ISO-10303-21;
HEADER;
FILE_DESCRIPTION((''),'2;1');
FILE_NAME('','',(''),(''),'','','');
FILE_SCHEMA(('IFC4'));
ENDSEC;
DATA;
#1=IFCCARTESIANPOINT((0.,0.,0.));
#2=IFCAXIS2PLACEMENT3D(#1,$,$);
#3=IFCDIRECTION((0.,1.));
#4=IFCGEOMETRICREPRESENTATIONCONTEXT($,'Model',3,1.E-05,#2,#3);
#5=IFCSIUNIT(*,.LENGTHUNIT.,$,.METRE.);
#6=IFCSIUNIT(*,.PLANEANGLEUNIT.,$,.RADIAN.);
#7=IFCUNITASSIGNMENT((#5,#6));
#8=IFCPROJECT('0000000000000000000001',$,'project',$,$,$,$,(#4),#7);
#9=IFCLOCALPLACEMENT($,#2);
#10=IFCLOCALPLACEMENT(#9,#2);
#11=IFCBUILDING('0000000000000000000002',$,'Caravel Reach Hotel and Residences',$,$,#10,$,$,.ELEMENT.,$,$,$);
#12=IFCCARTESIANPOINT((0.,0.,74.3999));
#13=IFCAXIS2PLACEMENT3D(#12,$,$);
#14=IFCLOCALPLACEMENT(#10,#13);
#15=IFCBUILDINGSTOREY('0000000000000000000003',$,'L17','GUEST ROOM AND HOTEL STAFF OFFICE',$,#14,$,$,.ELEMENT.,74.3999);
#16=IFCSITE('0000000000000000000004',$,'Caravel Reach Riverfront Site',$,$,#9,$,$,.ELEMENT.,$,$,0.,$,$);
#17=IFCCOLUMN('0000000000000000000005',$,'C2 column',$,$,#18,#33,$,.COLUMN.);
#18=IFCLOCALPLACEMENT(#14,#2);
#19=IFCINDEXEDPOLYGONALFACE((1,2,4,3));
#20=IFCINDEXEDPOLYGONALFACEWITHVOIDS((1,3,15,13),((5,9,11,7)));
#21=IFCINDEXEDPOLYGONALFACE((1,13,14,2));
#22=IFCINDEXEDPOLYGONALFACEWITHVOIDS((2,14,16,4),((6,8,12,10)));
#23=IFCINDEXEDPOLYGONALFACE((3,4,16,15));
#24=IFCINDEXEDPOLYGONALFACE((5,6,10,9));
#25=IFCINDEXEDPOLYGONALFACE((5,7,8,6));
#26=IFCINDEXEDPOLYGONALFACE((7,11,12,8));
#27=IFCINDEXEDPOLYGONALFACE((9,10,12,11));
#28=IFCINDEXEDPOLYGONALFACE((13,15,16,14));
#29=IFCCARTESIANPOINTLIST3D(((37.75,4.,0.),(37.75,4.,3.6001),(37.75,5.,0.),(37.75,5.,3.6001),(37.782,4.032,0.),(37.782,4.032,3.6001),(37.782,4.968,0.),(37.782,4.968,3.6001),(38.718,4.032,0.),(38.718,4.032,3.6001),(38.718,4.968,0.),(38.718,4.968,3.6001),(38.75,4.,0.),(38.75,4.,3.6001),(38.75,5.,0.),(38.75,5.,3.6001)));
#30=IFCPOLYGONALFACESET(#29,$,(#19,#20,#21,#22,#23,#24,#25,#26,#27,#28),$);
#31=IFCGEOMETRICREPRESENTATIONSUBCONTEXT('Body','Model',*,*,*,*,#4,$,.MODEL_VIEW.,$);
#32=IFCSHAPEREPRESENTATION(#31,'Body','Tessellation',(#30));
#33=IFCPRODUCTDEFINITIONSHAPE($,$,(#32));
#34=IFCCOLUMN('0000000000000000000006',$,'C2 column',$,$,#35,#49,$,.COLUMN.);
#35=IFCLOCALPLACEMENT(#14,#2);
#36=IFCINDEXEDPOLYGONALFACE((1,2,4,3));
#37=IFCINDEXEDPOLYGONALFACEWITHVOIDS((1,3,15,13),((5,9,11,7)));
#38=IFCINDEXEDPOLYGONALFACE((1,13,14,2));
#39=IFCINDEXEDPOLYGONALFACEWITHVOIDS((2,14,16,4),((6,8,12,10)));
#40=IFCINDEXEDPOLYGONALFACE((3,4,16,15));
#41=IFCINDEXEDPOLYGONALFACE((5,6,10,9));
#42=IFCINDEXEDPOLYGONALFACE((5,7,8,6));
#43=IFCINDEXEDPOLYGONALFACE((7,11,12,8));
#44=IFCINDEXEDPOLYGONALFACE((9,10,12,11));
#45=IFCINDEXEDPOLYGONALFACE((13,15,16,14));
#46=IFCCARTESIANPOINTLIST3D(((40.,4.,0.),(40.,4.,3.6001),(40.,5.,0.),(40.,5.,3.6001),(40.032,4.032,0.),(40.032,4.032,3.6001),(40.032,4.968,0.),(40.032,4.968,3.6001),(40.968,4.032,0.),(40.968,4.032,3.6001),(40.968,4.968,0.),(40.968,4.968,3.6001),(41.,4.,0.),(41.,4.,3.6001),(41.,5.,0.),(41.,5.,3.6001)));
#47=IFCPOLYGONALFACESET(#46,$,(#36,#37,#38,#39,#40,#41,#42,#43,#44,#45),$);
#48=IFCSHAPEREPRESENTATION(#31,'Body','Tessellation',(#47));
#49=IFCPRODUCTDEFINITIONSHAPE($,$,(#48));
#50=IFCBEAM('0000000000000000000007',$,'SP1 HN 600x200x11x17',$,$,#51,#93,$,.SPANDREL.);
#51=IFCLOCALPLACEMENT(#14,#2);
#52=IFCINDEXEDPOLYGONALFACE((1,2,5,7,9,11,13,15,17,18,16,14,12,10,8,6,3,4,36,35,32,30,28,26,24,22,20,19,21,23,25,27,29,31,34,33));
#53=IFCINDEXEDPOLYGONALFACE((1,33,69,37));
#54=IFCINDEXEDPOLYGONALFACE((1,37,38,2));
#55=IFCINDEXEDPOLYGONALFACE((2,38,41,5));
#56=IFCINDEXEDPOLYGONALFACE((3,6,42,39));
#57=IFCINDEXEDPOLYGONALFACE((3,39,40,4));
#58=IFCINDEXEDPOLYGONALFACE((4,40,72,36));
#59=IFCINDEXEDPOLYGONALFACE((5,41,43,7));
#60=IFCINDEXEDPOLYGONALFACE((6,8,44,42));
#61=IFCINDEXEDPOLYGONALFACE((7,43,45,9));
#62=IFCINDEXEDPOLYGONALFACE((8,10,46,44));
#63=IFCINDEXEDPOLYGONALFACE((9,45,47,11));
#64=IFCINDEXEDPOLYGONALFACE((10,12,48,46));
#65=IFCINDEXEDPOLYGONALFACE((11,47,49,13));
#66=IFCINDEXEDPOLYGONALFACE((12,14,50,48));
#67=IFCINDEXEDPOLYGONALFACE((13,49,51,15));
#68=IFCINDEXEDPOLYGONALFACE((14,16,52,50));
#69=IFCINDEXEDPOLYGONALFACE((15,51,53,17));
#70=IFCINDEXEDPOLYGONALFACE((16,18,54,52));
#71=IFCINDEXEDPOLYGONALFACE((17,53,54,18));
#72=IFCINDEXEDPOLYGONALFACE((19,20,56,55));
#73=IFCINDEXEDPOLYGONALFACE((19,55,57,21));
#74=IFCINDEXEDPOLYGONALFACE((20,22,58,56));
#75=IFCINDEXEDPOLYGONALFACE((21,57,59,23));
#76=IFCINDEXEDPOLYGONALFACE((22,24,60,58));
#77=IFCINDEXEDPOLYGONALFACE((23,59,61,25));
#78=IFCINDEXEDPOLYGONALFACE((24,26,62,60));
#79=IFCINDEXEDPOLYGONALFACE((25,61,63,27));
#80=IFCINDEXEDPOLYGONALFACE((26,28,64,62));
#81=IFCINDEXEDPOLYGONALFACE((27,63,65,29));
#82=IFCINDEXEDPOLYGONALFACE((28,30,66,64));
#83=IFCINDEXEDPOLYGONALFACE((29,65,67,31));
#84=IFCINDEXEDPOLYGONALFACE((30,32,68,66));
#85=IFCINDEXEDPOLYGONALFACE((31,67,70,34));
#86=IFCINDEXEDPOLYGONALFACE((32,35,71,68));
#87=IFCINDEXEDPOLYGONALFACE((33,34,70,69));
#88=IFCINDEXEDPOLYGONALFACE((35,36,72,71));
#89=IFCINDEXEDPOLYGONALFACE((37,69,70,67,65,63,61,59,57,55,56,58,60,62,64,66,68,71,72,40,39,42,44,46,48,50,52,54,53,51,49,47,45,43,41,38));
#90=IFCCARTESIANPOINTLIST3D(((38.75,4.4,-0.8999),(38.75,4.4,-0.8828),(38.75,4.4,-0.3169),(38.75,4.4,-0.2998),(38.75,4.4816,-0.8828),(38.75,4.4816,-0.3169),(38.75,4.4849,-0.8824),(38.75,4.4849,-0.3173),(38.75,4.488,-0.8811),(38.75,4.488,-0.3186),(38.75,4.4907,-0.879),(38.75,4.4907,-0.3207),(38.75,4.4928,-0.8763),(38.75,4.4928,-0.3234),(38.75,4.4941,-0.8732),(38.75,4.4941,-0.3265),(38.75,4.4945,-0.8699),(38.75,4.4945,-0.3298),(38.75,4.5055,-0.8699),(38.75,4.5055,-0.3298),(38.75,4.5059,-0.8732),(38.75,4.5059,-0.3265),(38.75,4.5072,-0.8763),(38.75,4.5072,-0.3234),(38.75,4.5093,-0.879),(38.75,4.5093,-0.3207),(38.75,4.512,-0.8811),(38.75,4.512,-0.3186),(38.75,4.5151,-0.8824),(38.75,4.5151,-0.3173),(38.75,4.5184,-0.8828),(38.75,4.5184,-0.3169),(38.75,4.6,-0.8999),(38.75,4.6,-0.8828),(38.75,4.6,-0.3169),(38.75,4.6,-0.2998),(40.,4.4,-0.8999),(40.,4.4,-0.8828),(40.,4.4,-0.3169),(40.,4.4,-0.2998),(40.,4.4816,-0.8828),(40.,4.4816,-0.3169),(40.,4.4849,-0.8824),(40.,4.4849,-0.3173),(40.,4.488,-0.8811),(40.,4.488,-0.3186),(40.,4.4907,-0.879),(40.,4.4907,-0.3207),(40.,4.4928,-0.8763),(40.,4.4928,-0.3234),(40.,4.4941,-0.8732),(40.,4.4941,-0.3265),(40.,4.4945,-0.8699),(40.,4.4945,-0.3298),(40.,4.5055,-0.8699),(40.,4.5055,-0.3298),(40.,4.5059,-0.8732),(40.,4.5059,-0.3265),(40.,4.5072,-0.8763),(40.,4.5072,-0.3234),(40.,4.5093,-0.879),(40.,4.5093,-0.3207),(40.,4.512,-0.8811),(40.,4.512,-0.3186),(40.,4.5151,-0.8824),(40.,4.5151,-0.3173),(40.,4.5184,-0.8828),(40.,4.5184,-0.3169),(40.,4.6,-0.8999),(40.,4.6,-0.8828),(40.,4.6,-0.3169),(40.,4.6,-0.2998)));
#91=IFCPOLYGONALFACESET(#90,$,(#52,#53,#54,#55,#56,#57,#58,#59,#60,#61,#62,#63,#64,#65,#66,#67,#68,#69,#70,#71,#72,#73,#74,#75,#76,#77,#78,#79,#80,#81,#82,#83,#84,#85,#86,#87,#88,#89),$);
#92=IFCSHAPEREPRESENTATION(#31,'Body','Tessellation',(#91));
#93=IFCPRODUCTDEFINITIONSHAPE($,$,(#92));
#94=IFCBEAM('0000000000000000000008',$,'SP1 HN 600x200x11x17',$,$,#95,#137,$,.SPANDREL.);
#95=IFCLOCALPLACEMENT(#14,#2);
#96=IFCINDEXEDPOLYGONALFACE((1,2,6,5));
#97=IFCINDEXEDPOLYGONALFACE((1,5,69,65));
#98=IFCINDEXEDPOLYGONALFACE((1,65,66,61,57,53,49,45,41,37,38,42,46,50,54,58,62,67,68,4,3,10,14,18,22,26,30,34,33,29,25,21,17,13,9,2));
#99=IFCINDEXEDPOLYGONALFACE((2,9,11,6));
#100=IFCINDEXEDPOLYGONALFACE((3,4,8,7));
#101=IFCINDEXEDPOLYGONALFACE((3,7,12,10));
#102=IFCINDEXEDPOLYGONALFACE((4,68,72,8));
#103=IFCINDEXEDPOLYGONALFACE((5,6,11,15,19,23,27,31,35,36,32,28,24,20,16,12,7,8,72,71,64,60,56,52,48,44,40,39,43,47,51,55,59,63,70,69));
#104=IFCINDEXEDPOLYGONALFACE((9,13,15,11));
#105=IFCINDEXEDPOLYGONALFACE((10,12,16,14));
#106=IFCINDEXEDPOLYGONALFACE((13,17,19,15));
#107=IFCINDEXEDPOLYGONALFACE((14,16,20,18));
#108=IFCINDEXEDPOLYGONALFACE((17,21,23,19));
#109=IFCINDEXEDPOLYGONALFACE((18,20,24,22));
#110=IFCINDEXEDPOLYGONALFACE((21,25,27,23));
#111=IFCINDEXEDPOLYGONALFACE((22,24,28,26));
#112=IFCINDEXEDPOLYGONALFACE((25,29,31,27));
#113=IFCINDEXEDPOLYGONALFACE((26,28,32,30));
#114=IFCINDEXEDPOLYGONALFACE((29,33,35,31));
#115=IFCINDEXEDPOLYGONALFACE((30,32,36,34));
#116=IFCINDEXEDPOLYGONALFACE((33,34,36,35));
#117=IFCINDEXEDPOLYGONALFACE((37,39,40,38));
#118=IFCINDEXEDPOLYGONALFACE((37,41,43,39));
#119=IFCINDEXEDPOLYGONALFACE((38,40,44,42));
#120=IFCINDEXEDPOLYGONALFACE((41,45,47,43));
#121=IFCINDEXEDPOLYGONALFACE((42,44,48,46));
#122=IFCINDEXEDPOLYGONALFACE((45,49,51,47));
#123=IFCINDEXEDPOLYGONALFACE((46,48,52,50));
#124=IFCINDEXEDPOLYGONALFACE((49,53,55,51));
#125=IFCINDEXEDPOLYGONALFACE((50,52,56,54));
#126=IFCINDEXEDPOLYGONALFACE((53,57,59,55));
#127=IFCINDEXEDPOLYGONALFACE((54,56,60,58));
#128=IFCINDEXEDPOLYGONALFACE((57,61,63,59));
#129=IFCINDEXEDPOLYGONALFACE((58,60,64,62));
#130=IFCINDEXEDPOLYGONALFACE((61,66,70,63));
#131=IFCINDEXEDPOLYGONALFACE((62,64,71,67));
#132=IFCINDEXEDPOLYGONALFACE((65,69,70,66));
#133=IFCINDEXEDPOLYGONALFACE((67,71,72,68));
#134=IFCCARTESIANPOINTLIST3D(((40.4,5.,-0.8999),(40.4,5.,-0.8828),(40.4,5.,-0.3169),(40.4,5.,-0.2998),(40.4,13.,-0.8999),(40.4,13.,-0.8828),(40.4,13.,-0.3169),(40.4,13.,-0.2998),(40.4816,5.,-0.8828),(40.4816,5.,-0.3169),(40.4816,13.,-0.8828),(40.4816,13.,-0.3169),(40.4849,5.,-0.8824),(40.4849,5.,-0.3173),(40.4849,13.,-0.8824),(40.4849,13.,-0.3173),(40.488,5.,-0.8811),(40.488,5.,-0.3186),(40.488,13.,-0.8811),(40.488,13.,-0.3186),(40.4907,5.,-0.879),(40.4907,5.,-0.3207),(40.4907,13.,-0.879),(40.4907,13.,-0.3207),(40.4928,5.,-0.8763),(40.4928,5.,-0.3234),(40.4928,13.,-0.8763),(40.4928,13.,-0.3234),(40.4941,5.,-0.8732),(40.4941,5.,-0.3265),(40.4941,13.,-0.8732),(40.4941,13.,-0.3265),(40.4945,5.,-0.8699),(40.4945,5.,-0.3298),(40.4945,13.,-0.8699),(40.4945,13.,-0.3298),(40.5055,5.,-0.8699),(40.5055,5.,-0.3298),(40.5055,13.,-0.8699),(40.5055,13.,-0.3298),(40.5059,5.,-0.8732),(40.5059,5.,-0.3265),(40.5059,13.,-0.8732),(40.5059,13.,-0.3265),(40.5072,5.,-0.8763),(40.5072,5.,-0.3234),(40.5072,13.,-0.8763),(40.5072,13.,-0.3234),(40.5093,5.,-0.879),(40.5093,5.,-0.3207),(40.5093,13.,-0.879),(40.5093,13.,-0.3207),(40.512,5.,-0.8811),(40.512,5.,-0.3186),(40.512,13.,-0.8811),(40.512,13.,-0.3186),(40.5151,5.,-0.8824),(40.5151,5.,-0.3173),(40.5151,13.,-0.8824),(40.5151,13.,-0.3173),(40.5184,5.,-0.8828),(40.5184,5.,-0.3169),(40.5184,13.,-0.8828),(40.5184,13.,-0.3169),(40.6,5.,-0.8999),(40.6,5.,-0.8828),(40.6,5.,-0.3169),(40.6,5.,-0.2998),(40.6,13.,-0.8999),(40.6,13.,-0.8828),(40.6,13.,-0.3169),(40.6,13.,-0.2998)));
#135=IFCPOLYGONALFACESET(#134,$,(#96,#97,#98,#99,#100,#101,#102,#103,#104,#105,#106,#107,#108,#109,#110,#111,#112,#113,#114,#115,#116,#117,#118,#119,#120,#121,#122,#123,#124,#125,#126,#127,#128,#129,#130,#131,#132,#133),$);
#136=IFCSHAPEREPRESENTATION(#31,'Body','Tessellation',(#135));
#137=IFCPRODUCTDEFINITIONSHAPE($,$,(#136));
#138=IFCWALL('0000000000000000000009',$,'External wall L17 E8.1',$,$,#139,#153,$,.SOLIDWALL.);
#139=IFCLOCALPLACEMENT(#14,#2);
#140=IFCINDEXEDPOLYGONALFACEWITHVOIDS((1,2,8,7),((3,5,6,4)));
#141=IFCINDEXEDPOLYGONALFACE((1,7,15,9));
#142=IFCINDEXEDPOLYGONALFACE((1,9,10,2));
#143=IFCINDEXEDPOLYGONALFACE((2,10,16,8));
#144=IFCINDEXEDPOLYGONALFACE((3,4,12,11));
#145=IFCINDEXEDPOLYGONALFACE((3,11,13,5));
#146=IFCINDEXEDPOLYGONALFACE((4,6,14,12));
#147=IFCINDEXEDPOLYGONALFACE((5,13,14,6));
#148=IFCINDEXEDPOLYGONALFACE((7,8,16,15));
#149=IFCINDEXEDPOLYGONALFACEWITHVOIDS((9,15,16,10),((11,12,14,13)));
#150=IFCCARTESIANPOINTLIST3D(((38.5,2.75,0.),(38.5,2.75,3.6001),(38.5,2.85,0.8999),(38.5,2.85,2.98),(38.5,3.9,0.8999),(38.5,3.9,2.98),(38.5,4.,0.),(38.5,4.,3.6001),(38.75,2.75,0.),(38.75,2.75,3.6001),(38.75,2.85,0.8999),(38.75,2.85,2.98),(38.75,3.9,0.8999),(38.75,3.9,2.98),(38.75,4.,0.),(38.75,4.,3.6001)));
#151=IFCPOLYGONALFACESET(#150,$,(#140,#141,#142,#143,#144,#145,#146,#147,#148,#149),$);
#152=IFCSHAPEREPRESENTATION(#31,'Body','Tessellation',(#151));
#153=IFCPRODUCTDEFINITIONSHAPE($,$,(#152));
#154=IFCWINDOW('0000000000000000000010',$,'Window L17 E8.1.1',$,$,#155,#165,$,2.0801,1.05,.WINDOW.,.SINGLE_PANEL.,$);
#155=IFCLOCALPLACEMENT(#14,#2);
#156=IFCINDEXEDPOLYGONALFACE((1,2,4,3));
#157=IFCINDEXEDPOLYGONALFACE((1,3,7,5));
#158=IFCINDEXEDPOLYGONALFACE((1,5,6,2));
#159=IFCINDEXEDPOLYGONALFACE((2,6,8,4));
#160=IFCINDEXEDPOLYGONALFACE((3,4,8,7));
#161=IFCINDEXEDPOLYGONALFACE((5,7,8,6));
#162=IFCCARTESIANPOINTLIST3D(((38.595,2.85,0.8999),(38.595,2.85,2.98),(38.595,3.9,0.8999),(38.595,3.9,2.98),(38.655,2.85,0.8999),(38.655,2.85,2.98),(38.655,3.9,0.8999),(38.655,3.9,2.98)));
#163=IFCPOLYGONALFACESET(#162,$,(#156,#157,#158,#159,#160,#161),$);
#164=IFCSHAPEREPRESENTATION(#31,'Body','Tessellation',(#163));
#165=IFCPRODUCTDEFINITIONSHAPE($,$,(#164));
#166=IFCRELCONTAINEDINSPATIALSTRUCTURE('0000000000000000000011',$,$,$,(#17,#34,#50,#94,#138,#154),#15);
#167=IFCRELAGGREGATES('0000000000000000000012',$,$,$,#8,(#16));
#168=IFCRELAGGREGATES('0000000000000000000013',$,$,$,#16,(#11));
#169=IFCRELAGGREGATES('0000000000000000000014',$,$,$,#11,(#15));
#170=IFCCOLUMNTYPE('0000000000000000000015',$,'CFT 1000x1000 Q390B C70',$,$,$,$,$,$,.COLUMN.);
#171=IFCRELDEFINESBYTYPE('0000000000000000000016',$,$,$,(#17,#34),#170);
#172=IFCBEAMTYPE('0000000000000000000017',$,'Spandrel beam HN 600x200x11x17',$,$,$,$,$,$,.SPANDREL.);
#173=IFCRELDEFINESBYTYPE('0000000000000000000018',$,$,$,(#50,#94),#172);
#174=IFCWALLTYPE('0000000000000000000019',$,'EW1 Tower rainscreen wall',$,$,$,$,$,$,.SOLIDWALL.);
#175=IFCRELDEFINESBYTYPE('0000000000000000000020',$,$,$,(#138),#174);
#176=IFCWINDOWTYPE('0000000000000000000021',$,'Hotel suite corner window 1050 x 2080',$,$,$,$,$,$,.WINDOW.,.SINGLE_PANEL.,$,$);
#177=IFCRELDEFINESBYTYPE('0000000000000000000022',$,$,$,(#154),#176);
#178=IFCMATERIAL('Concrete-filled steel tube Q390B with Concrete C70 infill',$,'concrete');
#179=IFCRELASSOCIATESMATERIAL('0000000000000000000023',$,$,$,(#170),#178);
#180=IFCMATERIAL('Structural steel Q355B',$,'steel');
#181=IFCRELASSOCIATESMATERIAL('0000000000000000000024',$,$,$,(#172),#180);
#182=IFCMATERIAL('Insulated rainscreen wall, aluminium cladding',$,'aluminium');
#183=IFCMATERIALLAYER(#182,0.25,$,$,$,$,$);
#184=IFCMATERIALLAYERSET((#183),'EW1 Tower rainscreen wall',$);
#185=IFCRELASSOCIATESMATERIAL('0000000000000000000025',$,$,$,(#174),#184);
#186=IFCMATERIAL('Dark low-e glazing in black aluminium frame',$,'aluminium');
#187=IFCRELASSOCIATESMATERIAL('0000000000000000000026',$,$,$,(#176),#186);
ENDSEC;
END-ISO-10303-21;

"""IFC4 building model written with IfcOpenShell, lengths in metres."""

from ifc_helpers import new_model, si_unit, direction, frame, frame_2d, origin, origin_2d, place, context, subcontext, project, spatial, rectangle, hollow_rectangle, i_section, extrude, material, layer, layer_set, material_profile, profile_set, type_object, element, fill, save


model = new_model("IFC4")

# Units and contexts
model_context = context("Model", 3, precision=1e-05, world=origin(), true_north=direction((0.0, 1.0)))
body_context = subcontext(model_context, "Body", "Model", "MODEL_VIEW")
ifc_project = project(units=[si_unit("LENGTHUNIT", "METRE"), si_unit("PLANEANGLEUNIT", "RADIAN")], contexts=[model_context])

# Site, building, storey
site_placement = place(None, origin())
site = spatial("IfcSite", under=ifc_project, at=site_placement, Name="Caravel Reach Riverfront Site", CompositionType="ELEMENT", RefElevation=0.0)
building_placement = place(site_placement, origin())
building = spatial("IfcBuilding", under=site, at=building_placement, Name="Caravel Reach Hotel and Residences", CompositionType="ELEMENT")
storey_placement = place(building_placement, frame((0.0, 0.0, 74.3999)))
storey = spatial("IfcBuildingStorey", under=building, at=storey_placement, Name="L17", Description="GUEST ROOM AND HOTEL STAFF OFFICE", CompositionType="ELEMENT", Elevation=74.3999)

# Columns
ifc_material_1 = material(Name="Concrete-filled steel tube Q390B with Concrete C70 infill", Category="concrete")
ifc_material_profile_1 = material_profile(ifc_material_1, hollow_rectangle(XDim=1.0, YDim=1.0, WallThickness=0.032, at=origin_2d()), Name="RHS 1000x1000x32")
ifc_profile_set_1 = profile_set([ifc_material_profile_1], Name="Concrete-filled steel tube Q390B with Concrete C70 infill")
column_type = type_object("IfcColumnType", Name="CFT 1000x1000 Q390B C70", PredefinedType="COLUMN", material=ifc_profile_set_1)
for number, where, z_axis, x_axis, name in (
    (1, (38.25, 4.5, 0.0), (0.0, 0.0, 1.0), (1.0, 0.0, 0.0), "C2 column"),
    (2, (40.5, 4.5, 0.0), (0.0, 0.0, 1.0), (1.0, 0.0, 0.0), "C2 column"),
):
    element("IfcColumn", number, at=place(storey_placement, frame(where, z_axis=z_axis, x_axis=x_axis)), inside=storey, type_object=column_type, Name=name, PredefinedType="COLUMN", context=body_context, shape_type="SweptSolid", body=[
        extrude(hollow_rectangle(XDim=1.0, YDim=1.0, WallThickness=0.032, at=origin_2d()), origin(), (0.0, 0.0, 1.0), 3.6001),
    ])

# Beams
ifc_material_2 = material(Name="Structural steel Q355B", Category="steel")
ifc_material_profile_2 = material_profile(ifc_material_2, i_section(OverallWidth=0.2, OverallDepth=0.6001, WebThickness=0.011, FlangeThickness=0.0171, FilletRadius=0.0129, at=origin_2d()), Name="HN 600x200x11x17")
ifc_profile_set_2 = profile_set([ifc_material_profile_2], Name="Structural steel Q355B")
beam_type = type_object("IfcBeamType", Name="Spandrel beam HN 600x200x11x17", PredefinedType="SPANDREL", material=ifc_profile_set_2)
beam_1_placement = place(storey_placement, frame((38.75, 4.5, -0.5999), z_axis=(1.0, 0.0, 0.0), x_axis=(0.0, 1.0, 0.0)))
element("IfcBeam", 3, at=beam_1_placement, inside=storey, type_object=beam_type, Name="SP1 HN 600x200x11x17", PredefinedType="SPANDREL", context=body_context, shape_type="SweptSolid", body=[
    extrude(i_section(OverallWidth=0.2, OverallDepth=0.6001, WebThickness=0.011, FlangeThickness=0.0171, FilletRadius=0.0129, at=origin_2d()), origin(), (0.0, 0.0, 1.0), 1.25),
])
beam_2_placement = place(storey_placement, frame((40.5, 5.0, -0.5999), z_axis=(0.0, 1.0, 0.0), x_axis=(-1.0, 0.0, 0.0)))
element("IfcBeam", 4, at=beam_2_placement, inside=storey, type_object=beam_type, Name="SP1 HN 600x200x11x17", PredefinedType="SPANDREL", context=body_context, shape_type="SweptSolid", body=[
    extrude(i_section(OverallWidth=0.2, OverallDepth=0.6001, WebThickness=0.011, FlangeThickness=0.0171, FilletRadius=0.0129, at=origin_2d()), origin(), (0.0, 0.0, 1.0), 8.0),
])

# Wall, opening, window
ifc_material_3 = material(Name="Insulated rainscreen wall, aluminium cladding", Category="aluminium")
ifc_layer = layer(ifc_material_3, 0.25)
ifc_layer_set = layer_set([ifc_layer], Name="EW1 Tower rainscreen wall")
wall_type = type_object("IfcWallType", Name="EW1 Tower rainscreen wall", PredefinedType="SOLIDWALL", material=ifc_layer_set)
wall_1_placement = place(storey_placement, frame((38.625, 2.75, 0.0), z_axis=(0.0, 0.0, 1.0), x_axis=(0.0, 1.0, 0.0)))
wall_1 = element("IfcWall", 5, at=wall_1_placement, inside=storey, type_object=wall_type, Name="External wall L17 E8.1", PredefinedType="SOLIDWALL", context=body_context, shape_type="SweptSolid", body=[
    extrude(rectangle(XDim=1.25, YDim=0.25, at=frame_2d((0.625, 0.0))), origin(), (0.0, 0.0, 1.0), 3.6001),
])
opening_1_placement = place(wall_1_placement, frame((0.1001, 0.0, 0.8999)))
opening_1 = element("IfcOpeningElement", 6, at=opening_1_placement, cuts=wall_1, PredefinedType="OPENING", context=body_context, shape_type="SweptSolid", body=[
    extrude(rectangle(XDim=1.05, YDim=2.0801, at=frame_2d((0.5249, 1.04))), frame((0.0, 0.135, 0.0), z_axis=(0.0, -1.0, 0.0), x_axis=(1.0, 0.0, 0.0)), (0.0, 0.0, 1.0), 0.27),
])
ifc_material_4 = material(Name="Dark low-e glazing in black aluminium frame", Category="aluminium")
window_type_1 = type_object("IfcWindowType", Name="Hotel suite corner window 1050 x 2080", PartitioningType="SINGLE_PANEL", PredefinedType="WINDOW", material=ifc_material_4)
window_1_placement = place(opening_1_placement, origin())
window_1 = element("IfcWindow", 7, at=window_1_placement, inside=storey, type_object=window_type_1, Name="Window L17 E8.1.1", OverallHeight=2.0801, OverallWidth=1.05, PartitioningType="SINGLE_PANEL", PredefinedType="WINDOW", context=body_context, shape_type="SweptSolid", body=[
    extrude(rectangle(XDim=1.05, YDim=2.0801, at=frame_2d((0.5249, 1.04))), frame((0.0, 0.03, 0.0), z_axis=(0.0, -1.0, 0.0), x_axis=(1.0, 0.0, 0.0)), (0.0, 0.0, 1.0), 0.0601),
])
fill(opening_1, window_1)

save(model, "model.ifc")
